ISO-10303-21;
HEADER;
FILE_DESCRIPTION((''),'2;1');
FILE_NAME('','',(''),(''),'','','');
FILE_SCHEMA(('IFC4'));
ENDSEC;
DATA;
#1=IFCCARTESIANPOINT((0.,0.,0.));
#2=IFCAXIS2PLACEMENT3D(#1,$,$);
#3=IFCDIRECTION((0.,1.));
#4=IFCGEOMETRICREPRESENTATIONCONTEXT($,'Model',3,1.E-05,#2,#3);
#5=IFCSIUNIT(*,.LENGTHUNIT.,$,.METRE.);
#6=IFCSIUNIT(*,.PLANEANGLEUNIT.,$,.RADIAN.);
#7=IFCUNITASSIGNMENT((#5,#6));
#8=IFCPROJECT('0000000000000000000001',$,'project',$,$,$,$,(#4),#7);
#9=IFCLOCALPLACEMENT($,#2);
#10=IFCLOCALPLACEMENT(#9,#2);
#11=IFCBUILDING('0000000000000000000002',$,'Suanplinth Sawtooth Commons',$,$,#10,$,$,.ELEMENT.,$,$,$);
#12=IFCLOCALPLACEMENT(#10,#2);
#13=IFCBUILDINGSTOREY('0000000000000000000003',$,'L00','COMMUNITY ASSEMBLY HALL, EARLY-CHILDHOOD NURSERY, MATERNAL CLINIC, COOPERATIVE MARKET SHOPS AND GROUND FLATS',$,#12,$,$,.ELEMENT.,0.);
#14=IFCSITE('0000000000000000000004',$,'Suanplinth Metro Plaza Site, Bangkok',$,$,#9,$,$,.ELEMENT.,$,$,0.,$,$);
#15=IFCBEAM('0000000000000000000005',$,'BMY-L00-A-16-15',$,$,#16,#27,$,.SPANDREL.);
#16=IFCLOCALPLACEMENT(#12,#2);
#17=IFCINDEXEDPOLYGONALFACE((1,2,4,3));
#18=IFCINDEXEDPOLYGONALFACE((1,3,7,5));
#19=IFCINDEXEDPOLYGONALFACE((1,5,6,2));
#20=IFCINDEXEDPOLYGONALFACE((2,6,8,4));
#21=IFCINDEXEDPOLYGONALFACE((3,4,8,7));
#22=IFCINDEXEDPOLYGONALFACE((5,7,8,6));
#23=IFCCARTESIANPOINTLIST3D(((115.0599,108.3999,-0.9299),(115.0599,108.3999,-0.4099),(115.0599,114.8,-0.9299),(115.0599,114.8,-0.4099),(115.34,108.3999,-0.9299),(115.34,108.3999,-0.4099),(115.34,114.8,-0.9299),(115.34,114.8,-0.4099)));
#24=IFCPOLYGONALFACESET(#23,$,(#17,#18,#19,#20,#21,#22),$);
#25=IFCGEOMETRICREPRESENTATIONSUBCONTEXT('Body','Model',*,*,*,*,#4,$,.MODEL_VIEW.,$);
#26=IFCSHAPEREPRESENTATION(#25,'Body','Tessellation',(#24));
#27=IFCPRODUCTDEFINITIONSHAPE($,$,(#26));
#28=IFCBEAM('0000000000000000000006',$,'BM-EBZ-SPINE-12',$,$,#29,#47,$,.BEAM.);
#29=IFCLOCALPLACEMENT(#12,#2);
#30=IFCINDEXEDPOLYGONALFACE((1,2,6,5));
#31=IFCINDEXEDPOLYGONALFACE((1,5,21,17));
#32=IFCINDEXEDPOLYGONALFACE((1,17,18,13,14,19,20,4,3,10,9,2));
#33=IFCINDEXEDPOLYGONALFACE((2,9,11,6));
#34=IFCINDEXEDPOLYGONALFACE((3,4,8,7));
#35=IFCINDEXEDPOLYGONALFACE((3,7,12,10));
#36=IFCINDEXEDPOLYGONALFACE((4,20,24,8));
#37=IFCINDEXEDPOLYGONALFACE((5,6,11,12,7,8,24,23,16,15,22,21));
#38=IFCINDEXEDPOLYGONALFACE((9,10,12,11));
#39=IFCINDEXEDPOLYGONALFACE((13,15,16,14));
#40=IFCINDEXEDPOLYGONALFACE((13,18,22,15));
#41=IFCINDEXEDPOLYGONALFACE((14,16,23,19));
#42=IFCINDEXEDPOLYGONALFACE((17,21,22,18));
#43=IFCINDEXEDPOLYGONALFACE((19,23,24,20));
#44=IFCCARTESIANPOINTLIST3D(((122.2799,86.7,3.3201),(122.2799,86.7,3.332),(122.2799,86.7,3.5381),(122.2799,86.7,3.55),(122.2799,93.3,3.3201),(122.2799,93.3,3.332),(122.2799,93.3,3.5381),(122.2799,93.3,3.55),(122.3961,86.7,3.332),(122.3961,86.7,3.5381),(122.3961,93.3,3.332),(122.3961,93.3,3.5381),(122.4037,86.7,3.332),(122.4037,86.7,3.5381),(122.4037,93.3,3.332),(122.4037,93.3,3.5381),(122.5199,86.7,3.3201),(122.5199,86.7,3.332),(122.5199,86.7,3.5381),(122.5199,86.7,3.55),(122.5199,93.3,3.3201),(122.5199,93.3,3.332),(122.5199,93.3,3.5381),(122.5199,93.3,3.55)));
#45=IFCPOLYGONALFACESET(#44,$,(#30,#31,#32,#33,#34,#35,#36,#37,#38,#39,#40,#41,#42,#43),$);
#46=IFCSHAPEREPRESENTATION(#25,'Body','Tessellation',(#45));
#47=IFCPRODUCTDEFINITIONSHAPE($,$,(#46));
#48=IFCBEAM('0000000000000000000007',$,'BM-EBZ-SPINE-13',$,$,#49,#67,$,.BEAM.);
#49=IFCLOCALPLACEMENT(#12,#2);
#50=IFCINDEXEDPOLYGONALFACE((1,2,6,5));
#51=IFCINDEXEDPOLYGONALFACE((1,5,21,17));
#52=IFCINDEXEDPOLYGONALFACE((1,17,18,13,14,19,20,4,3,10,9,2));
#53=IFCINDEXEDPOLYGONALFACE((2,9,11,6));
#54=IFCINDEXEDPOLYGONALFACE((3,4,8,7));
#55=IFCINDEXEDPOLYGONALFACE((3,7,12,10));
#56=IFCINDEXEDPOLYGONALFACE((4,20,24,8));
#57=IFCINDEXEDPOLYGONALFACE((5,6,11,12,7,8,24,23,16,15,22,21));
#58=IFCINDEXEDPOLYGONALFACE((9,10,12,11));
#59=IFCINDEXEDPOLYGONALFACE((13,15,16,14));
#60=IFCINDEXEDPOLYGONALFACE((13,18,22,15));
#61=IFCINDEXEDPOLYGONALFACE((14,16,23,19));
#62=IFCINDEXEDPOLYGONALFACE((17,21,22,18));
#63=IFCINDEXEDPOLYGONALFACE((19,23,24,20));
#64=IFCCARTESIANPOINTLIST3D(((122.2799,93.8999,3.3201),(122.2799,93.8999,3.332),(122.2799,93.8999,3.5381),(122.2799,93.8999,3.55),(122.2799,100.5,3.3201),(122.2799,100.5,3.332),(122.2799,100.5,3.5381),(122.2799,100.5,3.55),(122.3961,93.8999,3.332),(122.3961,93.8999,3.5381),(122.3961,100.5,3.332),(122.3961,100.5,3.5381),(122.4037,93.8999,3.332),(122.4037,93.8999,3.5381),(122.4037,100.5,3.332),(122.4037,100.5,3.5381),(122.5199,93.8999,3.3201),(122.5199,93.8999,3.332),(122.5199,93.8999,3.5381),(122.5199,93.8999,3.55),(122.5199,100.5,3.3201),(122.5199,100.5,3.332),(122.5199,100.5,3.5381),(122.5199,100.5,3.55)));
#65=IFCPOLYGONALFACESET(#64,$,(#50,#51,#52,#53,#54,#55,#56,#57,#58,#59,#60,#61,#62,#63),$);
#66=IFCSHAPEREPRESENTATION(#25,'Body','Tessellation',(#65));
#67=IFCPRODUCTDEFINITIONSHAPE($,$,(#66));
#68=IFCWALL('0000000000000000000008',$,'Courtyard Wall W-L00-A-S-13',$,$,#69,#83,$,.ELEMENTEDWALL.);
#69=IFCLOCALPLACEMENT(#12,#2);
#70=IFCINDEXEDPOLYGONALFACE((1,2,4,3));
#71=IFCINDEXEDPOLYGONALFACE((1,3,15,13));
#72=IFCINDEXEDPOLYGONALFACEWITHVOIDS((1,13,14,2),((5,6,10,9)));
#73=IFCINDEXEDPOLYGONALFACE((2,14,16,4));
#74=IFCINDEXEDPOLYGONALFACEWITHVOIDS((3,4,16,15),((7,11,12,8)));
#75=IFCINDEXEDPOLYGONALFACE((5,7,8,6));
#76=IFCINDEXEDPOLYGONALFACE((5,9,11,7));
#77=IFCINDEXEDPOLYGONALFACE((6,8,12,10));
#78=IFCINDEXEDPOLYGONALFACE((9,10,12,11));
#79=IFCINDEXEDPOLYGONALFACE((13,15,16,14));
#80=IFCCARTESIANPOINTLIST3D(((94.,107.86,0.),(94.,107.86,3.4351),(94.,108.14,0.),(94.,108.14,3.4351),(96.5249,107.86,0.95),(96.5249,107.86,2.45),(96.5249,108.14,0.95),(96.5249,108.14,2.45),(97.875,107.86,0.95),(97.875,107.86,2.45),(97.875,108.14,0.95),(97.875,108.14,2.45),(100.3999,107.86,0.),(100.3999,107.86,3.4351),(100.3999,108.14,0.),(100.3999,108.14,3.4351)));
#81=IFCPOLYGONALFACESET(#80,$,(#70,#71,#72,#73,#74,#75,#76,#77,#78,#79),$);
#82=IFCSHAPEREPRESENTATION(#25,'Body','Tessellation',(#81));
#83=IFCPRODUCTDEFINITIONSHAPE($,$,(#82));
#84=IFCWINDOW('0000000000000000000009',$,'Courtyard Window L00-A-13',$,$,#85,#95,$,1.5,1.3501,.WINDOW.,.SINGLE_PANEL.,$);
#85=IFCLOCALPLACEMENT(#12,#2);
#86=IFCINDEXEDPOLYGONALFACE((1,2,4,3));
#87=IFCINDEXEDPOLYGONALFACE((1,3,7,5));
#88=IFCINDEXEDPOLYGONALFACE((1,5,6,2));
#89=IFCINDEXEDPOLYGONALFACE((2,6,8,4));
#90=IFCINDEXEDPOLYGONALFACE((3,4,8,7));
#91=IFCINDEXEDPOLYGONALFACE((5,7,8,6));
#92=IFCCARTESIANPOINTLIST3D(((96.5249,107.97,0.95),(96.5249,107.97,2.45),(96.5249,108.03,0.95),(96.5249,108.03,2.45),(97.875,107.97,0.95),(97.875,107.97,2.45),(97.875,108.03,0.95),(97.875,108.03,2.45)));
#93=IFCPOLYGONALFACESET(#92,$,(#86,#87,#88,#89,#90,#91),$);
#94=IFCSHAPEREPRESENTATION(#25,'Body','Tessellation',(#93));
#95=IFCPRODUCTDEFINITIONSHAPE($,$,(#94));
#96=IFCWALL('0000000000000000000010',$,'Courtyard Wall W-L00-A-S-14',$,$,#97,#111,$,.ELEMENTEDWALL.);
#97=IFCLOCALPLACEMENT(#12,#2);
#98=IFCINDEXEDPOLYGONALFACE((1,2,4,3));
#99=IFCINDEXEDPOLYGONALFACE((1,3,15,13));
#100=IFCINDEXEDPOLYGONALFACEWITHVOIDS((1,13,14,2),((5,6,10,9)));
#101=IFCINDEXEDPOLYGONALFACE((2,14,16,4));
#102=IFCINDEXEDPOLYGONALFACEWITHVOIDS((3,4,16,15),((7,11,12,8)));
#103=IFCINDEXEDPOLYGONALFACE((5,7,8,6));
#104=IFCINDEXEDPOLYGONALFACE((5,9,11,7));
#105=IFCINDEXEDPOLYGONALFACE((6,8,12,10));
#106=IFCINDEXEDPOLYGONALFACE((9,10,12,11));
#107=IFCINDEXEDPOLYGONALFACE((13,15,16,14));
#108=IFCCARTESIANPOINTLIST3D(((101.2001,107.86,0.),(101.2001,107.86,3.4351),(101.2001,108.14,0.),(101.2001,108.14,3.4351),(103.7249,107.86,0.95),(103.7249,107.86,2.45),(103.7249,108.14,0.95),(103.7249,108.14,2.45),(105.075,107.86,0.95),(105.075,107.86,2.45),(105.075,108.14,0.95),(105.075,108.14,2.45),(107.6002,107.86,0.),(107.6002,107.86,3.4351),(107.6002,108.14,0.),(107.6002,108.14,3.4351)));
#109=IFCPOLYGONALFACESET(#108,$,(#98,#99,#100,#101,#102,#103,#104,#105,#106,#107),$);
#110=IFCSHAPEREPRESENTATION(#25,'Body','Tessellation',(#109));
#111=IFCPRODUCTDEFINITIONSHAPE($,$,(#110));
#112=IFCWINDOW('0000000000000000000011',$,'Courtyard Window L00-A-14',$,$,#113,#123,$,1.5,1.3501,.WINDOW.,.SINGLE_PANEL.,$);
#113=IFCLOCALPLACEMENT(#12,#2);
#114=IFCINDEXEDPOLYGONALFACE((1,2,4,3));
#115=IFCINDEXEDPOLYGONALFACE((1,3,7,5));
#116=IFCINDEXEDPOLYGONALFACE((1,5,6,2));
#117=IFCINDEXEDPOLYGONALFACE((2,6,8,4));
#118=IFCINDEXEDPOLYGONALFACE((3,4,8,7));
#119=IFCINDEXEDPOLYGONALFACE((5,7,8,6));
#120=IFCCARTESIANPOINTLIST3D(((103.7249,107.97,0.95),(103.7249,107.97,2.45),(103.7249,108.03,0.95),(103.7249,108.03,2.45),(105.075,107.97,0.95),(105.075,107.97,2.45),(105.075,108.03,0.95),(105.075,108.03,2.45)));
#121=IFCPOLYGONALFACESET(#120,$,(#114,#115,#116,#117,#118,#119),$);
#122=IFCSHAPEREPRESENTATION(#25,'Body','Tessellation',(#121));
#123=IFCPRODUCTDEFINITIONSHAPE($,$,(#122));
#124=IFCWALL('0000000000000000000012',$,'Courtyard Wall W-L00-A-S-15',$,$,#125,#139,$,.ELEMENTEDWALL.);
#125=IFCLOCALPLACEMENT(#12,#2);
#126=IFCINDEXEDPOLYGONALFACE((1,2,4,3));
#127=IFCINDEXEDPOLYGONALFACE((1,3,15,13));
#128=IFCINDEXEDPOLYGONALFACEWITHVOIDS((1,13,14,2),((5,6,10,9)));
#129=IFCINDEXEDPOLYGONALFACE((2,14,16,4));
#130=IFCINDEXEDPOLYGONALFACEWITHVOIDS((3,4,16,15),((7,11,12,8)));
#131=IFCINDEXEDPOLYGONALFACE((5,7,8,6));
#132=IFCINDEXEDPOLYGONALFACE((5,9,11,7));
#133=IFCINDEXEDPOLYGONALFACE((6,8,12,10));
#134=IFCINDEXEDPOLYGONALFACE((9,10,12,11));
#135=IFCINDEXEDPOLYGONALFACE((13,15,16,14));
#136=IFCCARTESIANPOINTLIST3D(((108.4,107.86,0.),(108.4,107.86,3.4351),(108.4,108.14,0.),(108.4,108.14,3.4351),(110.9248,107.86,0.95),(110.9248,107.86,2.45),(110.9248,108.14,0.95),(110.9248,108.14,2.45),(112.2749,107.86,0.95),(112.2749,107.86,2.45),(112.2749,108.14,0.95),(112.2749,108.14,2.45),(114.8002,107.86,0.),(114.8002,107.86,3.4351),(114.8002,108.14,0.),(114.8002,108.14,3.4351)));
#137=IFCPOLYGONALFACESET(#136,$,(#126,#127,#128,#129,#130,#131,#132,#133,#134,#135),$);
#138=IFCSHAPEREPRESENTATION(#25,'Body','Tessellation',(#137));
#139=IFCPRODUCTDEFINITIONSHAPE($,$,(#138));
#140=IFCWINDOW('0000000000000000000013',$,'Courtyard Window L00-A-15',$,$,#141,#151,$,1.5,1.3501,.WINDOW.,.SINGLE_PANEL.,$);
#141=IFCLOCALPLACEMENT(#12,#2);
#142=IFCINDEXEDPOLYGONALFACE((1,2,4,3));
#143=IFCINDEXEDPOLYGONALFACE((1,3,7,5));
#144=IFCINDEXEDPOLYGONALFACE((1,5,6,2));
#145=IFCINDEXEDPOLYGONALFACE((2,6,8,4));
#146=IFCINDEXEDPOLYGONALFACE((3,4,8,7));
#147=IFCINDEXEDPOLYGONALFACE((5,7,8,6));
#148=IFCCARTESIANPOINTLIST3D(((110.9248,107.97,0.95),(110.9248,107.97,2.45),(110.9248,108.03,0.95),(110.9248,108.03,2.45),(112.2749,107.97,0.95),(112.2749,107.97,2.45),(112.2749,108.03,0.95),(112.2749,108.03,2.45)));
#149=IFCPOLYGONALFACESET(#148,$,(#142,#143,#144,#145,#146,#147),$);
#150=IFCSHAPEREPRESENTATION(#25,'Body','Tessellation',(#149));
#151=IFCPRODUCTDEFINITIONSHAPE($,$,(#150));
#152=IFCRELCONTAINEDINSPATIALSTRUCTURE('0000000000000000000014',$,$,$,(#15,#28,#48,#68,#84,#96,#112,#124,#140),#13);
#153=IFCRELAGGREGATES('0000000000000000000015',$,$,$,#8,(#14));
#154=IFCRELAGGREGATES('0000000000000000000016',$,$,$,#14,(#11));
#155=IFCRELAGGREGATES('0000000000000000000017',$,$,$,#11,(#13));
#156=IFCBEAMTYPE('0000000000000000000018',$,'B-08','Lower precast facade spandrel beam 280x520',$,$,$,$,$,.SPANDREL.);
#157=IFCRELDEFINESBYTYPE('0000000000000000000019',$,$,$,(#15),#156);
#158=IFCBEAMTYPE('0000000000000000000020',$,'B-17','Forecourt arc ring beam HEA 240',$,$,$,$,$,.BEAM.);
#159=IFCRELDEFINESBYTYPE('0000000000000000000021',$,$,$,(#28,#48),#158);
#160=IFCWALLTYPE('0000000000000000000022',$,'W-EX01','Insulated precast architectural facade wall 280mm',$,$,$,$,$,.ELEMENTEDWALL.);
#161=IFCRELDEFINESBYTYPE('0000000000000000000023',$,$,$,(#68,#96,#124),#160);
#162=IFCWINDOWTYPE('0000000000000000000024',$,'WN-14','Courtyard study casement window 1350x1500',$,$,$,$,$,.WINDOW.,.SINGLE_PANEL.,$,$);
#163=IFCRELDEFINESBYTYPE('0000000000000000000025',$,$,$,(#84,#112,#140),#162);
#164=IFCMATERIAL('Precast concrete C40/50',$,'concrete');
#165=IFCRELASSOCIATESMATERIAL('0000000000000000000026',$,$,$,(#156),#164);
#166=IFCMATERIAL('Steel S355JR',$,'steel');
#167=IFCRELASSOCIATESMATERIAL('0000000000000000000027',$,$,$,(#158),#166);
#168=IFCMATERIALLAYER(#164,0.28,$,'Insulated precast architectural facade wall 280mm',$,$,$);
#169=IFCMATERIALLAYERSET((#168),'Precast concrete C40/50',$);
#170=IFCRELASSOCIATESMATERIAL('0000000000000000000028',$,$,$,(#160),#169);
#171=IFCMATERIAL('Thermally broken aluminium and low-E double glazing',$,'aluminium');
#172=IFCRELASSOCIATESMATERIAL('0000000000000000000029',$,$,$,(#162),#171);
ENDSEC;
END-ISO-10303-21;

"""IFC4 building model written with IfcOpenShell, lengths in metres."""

from ifc_helpers import new_model, si_unit, direction, frame, frame_2d, origin, origin_2d, place, context, subcontext, project, spatial, rectangle, i_section, extrude, material, layer, layer_set, material_profile, profile_set, type_object, element, fill, save


model = new_model("IFC4")

# Units and contexts
model_context = context("Model", 3, precision=1e-05, world=origin(), true_north=direction((0.0, 1.0)))
body_context = subcontext(model_context, "Body", "Model", "MODEL_VIEW")
ifc_project = project(units=[si_unit("LENGTHUNIT", "METRE"), si_unit("PLANEANGLEUNIT", "RADIAN")], contexts=[model_context])

# Site, building, storey
site_placement = place(None, origin())
site = spatial("IfcSite", under=ifc_project, at=site_placement, Name="Suanplinth Metro Plaza Site, Bangkok", CompositionType="ELEMENT", RefElevation=0.0)
building_placement = place(site_placement, origin())
building = spatial("IfcBuilding", under=site, at=building_placement, Name="Suanplinth Sawtooth Commons", CompositionType="ELEMENT")
storey_placement = place(building_placement, origin())
storey = spatial("IfcBuildingStorey", under=building, at=storey_placement, Name="L00", Description="COMMUNITY ASSEMBLY HALL, EARLY-CHILDHOOD NURSERY, MATERNAL CLINIC, COOPERATIVE MARKET SHOPS AND GROUND FLATS", CompositionType="ELEMENT", Elevation=0.0)

# Beams
ifc_material_1 = material(Name="Precast concrete C40/50", Category="concrete")
ifc_material_profile_1 = material_profile(ifc_material_1, rectangle(XDim=0.28, YDim=0.52, at=origin_2d()), Name="PC-SP 280x520")
ifc_profile_set_1 = profile_set([ifc_material_profile_1], Name="Precast concrete C40/50")
beam_type_1 = type_object("IfcBeamType", Name="B-08", Description="Lower precast facade spandrel beam 280x520", PredefinedType="SPANDREL", material=ifc_profile_set_1)
beam_1_placement = place(storey_placement, frame((115.2, 108.3999, -0.6699), z_axis=(0.0, 1.0, 0.0), x_axis=(-1.0, 0.0, 0.0)))
element("IfcBeam", 1, at=beam_1_placement, inside=storey, type_object=beam_type_1, Name="BMY-L00-A-16-15", PredefinedType="SPANDREL", context=body_context, shape_type="SweptSolid", body=[
    extrude(rectangle(XDim=0.28, YDim=0.52, at=origin_2d()), origin(), (0.0, 0.0, 1.0), 6.4001),
])
ifc_material_2 = material(Name="Steel S355JR", Category="steel")
ifc_material_profile_2 = material_profile(ifc_material_2, i_section(OverallWidth=0.24, OverallDepth=0.23, WebThickness=0.0076, FlangeThickness=0.012, at=origin_2d()), Name="HEA 240")
ifc_profile_set_2 = profile_set([ifc_material_profile_2], Name="Steel S355JR")
beam_type_2 = type_object("IfcBeamType", Name="B-17", Description="Forecourt arc ring beam HEA 240", PredefinedType="BEAM", material=ifc_profile_set_2)
for number, where, z_axis, x_axis, name in (
    (2, (122.3999, 86.7, 3.4351), (0.0, 1.0, 0.0), (-1.0, 0.0, 0.0), "BM-EBZ-SPINE-12"),
    (3, (122.3999, 93.8999, 3.4351), (0.0, 1.0, 0.0), (-1.0, 0.0, 0.0), "BM-EBZ-SPINE-13"),
):
    element("IfcBeam", number, at=place(storey_placement, frame(where, z_axis=z_axis, x_axis=x_axis)), inside=storey, type_object=beam_type_2, Name=name, PredefinedType="BEAM", context=body_context, shape_type="SweptSolid", body=[
        extrude(i_section(OverallWidth=0.24, OverallDepth=0.23, WebThickness=0.0076, FlangeThickness=0.012, at=origin_2d()), origin(), (0.0, 0.0, 1.0), 6.6001),
    ])

# Walls, openings, windows
ifc_layer = layer(ifc_material_1, 0.28, Name="Insulated precast architectural facade wall 280mm")
ifc_layer_set = layer_set([ifc_layer], Name="Precast concrete C40/50")
wall_type = type_object("IfcWallType", Name="W-EX01", Description="Insulated precast architectural facade wall 280mm", PredefinedType="ELEMENTEDWALL", material=ifc_layer_set)
wall_1_placement = place(storey_placement, frame((94.0, 108.0, 0.0), z_axis=(0.0, 0.0, 1.0), x_axis=(1.0, 0.0, 0.0)))
wall_1 = element("IfcWall", 4, at=wall_1_placement, inside=storey, type_object=wall_type, Name="Courtyard Wall W-L00-A-S-13", PredefinedType="ELEMENTEDWALL", context=body_context, shape_type="SweptSolid", body=[
    extrude(rectangle(XDim=6.3999, YDim=0.28, at=frame_2d((3.2, 0.0))), origin(), (0.0, 0.0, 1.0), 3.4351),
])
opening_1_placement = place(wall_1_placement, frame((2.5249, 0.0, 0.95)))
opening_1 = element("IfcOpeningElement", 5, at=opening_1_placement, cuts=wall_1, PredefinedType="OPENING", context=body_context, shape_type="SweptSolid", body=[
    extrude(rectangle(XDim=1.3501, YDim=1.5, at=frame_2d((0.675, 0.75))), frame((0.0, 0.1548, 0.0), z_axis=(0.0, -1.0, 0.0), x_axis=(1.0, 0.0, 0.0)), (0.0, 0.0, 1.0), 0.3098),
])
ifc_material_3 = material(Name="Thermally broken aluminium and low-E double glazing", Category="aluminium")
window_type = type_object("IfcWindowType", Name="WN-14", Description="Courtyard study casement window 1350x1500", PartitioningType="SINGLE_PANEL", PredefinedType="WINDOW", material=ifc_material_3)
window_1_placement = place(opening_1_placement, origin())
window_1 = element("IfcWindow", 6, at=window_1_placement, inside=storey, type_object=window_type, Name="Courtyard Window L00-A-13", OverallHeight=1.5, OverallWidth=1.3501, PartitioningType="SINGLE_PANEL", PredefinedType="WINDOW", context=body_context, shape_type="SweptSolid", body=[
    extrude(rectangle(XDim=1.3501, YDim=1.5, at=frame_2d((0.675, 0.75))), frame((0.0, 0.03, 0.0), z_axis=(0.0, -1.0, 0.0), x_axis=(1.0, 0.0, 0.0)), (0.0, 0.0, 1.0), 0.0601),
])
fill(opening_1, window_1)
wall_2_placement = place(storey_placement, frame((101.2, 108.0, 0.0), z_axis=(0.0, 0.0, 1.0), x_axis=(1.0, 0.0, 0.0)))
wall_2 = element("IfcWall", 7, at=wall_2_placement, inside=storey, type_object=wall_type, Name="Courtyard Wall W-L00-A-S-14", PredefinedType="ELEMENTEDWALL", context=body_context, shape_type="SweptSolid", body=[
    extrude(rectangle(XDim=6.4001, YDim=0.28, at=frame_2d((3.2002, 0.0))), origin(), (0.0, 0.0, 1.0), 3.4351),
])
opening_2_placement = place(wall_2_placement, frame((2.5249, 0.0, 0.95)))
opening_2 = element("IfcOpeningElement", 8, at=opening_2_placement, cuts=wall_2, PredefinedType="OPENING", context=body_context, shape_type="SweptSolid", body=[
    extrude(rectangle(XDim=1.3501, YDim=1.5, at=frame_2d((0.675, 0.75))), frame((0.0, 0.1548, 0.0), z_axis=(0.0, -1.0, 0.0), x_axis=(1.0, 0.0, 0.0)), (0.0, 0.0, 1.0), 0.3098),
])
window_2_placement = place(opening_2_placement, origin())
window_2 = element("IfcWindow", 9, at=window_2_placement, inside=storey, type_object=window_type, Name="Courtyard Window L00-A-14", OverallHeight=1.5, OverallWidth=1.3501, PartitioningType="SINGLE_PANEL", PredefinedType="WINDOW", context=body_context, shape_type="SweptSolid", body=[
    extrude(rectangle(XDim=1.3501, YDim=1.5, at=frame_2d((0.675, 0.75))), frame((0.0, 0.03, 0.0), z_axis=(0.0, -1.0, 0.0), x_axis=(1.0, 0.0, 0.0)), (0.0, 0.0, 1.0), 0.0601),
])
fill(opening_2, window_2)
wall_3_placement = place(storey_placement, frame((108.3999, 108.0, 0.0), z_axis=(0.0, 0.0, 1.0), x_axis=(1.0, 0.0, 0.0)))
wall_3 = element("IfcWall", 10, at=wall_3_placement, inside=storey, type_object=wall_type, Name="Courtyard Wall W-L00-A-S-15", PredefinedType="ELEMENTEDWALL", context=body_context, shape_type="SweptSolid", body=[
    extrude(rectangle(XDim=6.4001, YDim=0.28, at=frame_2d((3.2002, 0.0))), origin(), (0.0, 0.0, 1.0), 3.4351),
])
opening_3_placement = place(wall_3_placement, frame((2.5249, 0.0, 0.95)))
opening_3 = element("IfcOpeningElement", 11, at=opening_3_placement, cuts=wall_3, PredefinedType="OPENING", context=body_context, shape_type="SweptSolid", body=[
    extrude(rectangle(XDim=1.3501, YDim=1.5, at=frame_2d((0.675, 0.75))), frame((0.0, 0.1548, 0.0), z_axis=(0.0, -1.0, 0.0), x_axis=(1.0, 0.0, 0.0)), (0.0, 0.0, 1.0), 0.3098),
])
window_3_placement = place(opening_3_placement, origin())
window_3 = element("IfcWindow", 12, at=window_3_placement, inside=storey, type_object=window_type, Name="Courtyard Window L00-A-15", OverallHeight=1.5, OverallWidth=1.3501, PartitioningType="SINGLE_PANEL", PredefinedType="WINDOW", context=body_context, shape_type="SweptSolid", body=[
    extrude(rectangle(XDim=1.3501, YDim=1.5, at=frame_2d((0.675, 0.75))), frame((0.0, 0.03, 0.0), z_axis=(0.0, -1.0, 0.0), x_axis=(1.0, 0.0, 0.0)), (0.0, 0.0, 1.0), 0.0601),
])
fill(opening_3, window_3)

save(model, "model.ifc")
